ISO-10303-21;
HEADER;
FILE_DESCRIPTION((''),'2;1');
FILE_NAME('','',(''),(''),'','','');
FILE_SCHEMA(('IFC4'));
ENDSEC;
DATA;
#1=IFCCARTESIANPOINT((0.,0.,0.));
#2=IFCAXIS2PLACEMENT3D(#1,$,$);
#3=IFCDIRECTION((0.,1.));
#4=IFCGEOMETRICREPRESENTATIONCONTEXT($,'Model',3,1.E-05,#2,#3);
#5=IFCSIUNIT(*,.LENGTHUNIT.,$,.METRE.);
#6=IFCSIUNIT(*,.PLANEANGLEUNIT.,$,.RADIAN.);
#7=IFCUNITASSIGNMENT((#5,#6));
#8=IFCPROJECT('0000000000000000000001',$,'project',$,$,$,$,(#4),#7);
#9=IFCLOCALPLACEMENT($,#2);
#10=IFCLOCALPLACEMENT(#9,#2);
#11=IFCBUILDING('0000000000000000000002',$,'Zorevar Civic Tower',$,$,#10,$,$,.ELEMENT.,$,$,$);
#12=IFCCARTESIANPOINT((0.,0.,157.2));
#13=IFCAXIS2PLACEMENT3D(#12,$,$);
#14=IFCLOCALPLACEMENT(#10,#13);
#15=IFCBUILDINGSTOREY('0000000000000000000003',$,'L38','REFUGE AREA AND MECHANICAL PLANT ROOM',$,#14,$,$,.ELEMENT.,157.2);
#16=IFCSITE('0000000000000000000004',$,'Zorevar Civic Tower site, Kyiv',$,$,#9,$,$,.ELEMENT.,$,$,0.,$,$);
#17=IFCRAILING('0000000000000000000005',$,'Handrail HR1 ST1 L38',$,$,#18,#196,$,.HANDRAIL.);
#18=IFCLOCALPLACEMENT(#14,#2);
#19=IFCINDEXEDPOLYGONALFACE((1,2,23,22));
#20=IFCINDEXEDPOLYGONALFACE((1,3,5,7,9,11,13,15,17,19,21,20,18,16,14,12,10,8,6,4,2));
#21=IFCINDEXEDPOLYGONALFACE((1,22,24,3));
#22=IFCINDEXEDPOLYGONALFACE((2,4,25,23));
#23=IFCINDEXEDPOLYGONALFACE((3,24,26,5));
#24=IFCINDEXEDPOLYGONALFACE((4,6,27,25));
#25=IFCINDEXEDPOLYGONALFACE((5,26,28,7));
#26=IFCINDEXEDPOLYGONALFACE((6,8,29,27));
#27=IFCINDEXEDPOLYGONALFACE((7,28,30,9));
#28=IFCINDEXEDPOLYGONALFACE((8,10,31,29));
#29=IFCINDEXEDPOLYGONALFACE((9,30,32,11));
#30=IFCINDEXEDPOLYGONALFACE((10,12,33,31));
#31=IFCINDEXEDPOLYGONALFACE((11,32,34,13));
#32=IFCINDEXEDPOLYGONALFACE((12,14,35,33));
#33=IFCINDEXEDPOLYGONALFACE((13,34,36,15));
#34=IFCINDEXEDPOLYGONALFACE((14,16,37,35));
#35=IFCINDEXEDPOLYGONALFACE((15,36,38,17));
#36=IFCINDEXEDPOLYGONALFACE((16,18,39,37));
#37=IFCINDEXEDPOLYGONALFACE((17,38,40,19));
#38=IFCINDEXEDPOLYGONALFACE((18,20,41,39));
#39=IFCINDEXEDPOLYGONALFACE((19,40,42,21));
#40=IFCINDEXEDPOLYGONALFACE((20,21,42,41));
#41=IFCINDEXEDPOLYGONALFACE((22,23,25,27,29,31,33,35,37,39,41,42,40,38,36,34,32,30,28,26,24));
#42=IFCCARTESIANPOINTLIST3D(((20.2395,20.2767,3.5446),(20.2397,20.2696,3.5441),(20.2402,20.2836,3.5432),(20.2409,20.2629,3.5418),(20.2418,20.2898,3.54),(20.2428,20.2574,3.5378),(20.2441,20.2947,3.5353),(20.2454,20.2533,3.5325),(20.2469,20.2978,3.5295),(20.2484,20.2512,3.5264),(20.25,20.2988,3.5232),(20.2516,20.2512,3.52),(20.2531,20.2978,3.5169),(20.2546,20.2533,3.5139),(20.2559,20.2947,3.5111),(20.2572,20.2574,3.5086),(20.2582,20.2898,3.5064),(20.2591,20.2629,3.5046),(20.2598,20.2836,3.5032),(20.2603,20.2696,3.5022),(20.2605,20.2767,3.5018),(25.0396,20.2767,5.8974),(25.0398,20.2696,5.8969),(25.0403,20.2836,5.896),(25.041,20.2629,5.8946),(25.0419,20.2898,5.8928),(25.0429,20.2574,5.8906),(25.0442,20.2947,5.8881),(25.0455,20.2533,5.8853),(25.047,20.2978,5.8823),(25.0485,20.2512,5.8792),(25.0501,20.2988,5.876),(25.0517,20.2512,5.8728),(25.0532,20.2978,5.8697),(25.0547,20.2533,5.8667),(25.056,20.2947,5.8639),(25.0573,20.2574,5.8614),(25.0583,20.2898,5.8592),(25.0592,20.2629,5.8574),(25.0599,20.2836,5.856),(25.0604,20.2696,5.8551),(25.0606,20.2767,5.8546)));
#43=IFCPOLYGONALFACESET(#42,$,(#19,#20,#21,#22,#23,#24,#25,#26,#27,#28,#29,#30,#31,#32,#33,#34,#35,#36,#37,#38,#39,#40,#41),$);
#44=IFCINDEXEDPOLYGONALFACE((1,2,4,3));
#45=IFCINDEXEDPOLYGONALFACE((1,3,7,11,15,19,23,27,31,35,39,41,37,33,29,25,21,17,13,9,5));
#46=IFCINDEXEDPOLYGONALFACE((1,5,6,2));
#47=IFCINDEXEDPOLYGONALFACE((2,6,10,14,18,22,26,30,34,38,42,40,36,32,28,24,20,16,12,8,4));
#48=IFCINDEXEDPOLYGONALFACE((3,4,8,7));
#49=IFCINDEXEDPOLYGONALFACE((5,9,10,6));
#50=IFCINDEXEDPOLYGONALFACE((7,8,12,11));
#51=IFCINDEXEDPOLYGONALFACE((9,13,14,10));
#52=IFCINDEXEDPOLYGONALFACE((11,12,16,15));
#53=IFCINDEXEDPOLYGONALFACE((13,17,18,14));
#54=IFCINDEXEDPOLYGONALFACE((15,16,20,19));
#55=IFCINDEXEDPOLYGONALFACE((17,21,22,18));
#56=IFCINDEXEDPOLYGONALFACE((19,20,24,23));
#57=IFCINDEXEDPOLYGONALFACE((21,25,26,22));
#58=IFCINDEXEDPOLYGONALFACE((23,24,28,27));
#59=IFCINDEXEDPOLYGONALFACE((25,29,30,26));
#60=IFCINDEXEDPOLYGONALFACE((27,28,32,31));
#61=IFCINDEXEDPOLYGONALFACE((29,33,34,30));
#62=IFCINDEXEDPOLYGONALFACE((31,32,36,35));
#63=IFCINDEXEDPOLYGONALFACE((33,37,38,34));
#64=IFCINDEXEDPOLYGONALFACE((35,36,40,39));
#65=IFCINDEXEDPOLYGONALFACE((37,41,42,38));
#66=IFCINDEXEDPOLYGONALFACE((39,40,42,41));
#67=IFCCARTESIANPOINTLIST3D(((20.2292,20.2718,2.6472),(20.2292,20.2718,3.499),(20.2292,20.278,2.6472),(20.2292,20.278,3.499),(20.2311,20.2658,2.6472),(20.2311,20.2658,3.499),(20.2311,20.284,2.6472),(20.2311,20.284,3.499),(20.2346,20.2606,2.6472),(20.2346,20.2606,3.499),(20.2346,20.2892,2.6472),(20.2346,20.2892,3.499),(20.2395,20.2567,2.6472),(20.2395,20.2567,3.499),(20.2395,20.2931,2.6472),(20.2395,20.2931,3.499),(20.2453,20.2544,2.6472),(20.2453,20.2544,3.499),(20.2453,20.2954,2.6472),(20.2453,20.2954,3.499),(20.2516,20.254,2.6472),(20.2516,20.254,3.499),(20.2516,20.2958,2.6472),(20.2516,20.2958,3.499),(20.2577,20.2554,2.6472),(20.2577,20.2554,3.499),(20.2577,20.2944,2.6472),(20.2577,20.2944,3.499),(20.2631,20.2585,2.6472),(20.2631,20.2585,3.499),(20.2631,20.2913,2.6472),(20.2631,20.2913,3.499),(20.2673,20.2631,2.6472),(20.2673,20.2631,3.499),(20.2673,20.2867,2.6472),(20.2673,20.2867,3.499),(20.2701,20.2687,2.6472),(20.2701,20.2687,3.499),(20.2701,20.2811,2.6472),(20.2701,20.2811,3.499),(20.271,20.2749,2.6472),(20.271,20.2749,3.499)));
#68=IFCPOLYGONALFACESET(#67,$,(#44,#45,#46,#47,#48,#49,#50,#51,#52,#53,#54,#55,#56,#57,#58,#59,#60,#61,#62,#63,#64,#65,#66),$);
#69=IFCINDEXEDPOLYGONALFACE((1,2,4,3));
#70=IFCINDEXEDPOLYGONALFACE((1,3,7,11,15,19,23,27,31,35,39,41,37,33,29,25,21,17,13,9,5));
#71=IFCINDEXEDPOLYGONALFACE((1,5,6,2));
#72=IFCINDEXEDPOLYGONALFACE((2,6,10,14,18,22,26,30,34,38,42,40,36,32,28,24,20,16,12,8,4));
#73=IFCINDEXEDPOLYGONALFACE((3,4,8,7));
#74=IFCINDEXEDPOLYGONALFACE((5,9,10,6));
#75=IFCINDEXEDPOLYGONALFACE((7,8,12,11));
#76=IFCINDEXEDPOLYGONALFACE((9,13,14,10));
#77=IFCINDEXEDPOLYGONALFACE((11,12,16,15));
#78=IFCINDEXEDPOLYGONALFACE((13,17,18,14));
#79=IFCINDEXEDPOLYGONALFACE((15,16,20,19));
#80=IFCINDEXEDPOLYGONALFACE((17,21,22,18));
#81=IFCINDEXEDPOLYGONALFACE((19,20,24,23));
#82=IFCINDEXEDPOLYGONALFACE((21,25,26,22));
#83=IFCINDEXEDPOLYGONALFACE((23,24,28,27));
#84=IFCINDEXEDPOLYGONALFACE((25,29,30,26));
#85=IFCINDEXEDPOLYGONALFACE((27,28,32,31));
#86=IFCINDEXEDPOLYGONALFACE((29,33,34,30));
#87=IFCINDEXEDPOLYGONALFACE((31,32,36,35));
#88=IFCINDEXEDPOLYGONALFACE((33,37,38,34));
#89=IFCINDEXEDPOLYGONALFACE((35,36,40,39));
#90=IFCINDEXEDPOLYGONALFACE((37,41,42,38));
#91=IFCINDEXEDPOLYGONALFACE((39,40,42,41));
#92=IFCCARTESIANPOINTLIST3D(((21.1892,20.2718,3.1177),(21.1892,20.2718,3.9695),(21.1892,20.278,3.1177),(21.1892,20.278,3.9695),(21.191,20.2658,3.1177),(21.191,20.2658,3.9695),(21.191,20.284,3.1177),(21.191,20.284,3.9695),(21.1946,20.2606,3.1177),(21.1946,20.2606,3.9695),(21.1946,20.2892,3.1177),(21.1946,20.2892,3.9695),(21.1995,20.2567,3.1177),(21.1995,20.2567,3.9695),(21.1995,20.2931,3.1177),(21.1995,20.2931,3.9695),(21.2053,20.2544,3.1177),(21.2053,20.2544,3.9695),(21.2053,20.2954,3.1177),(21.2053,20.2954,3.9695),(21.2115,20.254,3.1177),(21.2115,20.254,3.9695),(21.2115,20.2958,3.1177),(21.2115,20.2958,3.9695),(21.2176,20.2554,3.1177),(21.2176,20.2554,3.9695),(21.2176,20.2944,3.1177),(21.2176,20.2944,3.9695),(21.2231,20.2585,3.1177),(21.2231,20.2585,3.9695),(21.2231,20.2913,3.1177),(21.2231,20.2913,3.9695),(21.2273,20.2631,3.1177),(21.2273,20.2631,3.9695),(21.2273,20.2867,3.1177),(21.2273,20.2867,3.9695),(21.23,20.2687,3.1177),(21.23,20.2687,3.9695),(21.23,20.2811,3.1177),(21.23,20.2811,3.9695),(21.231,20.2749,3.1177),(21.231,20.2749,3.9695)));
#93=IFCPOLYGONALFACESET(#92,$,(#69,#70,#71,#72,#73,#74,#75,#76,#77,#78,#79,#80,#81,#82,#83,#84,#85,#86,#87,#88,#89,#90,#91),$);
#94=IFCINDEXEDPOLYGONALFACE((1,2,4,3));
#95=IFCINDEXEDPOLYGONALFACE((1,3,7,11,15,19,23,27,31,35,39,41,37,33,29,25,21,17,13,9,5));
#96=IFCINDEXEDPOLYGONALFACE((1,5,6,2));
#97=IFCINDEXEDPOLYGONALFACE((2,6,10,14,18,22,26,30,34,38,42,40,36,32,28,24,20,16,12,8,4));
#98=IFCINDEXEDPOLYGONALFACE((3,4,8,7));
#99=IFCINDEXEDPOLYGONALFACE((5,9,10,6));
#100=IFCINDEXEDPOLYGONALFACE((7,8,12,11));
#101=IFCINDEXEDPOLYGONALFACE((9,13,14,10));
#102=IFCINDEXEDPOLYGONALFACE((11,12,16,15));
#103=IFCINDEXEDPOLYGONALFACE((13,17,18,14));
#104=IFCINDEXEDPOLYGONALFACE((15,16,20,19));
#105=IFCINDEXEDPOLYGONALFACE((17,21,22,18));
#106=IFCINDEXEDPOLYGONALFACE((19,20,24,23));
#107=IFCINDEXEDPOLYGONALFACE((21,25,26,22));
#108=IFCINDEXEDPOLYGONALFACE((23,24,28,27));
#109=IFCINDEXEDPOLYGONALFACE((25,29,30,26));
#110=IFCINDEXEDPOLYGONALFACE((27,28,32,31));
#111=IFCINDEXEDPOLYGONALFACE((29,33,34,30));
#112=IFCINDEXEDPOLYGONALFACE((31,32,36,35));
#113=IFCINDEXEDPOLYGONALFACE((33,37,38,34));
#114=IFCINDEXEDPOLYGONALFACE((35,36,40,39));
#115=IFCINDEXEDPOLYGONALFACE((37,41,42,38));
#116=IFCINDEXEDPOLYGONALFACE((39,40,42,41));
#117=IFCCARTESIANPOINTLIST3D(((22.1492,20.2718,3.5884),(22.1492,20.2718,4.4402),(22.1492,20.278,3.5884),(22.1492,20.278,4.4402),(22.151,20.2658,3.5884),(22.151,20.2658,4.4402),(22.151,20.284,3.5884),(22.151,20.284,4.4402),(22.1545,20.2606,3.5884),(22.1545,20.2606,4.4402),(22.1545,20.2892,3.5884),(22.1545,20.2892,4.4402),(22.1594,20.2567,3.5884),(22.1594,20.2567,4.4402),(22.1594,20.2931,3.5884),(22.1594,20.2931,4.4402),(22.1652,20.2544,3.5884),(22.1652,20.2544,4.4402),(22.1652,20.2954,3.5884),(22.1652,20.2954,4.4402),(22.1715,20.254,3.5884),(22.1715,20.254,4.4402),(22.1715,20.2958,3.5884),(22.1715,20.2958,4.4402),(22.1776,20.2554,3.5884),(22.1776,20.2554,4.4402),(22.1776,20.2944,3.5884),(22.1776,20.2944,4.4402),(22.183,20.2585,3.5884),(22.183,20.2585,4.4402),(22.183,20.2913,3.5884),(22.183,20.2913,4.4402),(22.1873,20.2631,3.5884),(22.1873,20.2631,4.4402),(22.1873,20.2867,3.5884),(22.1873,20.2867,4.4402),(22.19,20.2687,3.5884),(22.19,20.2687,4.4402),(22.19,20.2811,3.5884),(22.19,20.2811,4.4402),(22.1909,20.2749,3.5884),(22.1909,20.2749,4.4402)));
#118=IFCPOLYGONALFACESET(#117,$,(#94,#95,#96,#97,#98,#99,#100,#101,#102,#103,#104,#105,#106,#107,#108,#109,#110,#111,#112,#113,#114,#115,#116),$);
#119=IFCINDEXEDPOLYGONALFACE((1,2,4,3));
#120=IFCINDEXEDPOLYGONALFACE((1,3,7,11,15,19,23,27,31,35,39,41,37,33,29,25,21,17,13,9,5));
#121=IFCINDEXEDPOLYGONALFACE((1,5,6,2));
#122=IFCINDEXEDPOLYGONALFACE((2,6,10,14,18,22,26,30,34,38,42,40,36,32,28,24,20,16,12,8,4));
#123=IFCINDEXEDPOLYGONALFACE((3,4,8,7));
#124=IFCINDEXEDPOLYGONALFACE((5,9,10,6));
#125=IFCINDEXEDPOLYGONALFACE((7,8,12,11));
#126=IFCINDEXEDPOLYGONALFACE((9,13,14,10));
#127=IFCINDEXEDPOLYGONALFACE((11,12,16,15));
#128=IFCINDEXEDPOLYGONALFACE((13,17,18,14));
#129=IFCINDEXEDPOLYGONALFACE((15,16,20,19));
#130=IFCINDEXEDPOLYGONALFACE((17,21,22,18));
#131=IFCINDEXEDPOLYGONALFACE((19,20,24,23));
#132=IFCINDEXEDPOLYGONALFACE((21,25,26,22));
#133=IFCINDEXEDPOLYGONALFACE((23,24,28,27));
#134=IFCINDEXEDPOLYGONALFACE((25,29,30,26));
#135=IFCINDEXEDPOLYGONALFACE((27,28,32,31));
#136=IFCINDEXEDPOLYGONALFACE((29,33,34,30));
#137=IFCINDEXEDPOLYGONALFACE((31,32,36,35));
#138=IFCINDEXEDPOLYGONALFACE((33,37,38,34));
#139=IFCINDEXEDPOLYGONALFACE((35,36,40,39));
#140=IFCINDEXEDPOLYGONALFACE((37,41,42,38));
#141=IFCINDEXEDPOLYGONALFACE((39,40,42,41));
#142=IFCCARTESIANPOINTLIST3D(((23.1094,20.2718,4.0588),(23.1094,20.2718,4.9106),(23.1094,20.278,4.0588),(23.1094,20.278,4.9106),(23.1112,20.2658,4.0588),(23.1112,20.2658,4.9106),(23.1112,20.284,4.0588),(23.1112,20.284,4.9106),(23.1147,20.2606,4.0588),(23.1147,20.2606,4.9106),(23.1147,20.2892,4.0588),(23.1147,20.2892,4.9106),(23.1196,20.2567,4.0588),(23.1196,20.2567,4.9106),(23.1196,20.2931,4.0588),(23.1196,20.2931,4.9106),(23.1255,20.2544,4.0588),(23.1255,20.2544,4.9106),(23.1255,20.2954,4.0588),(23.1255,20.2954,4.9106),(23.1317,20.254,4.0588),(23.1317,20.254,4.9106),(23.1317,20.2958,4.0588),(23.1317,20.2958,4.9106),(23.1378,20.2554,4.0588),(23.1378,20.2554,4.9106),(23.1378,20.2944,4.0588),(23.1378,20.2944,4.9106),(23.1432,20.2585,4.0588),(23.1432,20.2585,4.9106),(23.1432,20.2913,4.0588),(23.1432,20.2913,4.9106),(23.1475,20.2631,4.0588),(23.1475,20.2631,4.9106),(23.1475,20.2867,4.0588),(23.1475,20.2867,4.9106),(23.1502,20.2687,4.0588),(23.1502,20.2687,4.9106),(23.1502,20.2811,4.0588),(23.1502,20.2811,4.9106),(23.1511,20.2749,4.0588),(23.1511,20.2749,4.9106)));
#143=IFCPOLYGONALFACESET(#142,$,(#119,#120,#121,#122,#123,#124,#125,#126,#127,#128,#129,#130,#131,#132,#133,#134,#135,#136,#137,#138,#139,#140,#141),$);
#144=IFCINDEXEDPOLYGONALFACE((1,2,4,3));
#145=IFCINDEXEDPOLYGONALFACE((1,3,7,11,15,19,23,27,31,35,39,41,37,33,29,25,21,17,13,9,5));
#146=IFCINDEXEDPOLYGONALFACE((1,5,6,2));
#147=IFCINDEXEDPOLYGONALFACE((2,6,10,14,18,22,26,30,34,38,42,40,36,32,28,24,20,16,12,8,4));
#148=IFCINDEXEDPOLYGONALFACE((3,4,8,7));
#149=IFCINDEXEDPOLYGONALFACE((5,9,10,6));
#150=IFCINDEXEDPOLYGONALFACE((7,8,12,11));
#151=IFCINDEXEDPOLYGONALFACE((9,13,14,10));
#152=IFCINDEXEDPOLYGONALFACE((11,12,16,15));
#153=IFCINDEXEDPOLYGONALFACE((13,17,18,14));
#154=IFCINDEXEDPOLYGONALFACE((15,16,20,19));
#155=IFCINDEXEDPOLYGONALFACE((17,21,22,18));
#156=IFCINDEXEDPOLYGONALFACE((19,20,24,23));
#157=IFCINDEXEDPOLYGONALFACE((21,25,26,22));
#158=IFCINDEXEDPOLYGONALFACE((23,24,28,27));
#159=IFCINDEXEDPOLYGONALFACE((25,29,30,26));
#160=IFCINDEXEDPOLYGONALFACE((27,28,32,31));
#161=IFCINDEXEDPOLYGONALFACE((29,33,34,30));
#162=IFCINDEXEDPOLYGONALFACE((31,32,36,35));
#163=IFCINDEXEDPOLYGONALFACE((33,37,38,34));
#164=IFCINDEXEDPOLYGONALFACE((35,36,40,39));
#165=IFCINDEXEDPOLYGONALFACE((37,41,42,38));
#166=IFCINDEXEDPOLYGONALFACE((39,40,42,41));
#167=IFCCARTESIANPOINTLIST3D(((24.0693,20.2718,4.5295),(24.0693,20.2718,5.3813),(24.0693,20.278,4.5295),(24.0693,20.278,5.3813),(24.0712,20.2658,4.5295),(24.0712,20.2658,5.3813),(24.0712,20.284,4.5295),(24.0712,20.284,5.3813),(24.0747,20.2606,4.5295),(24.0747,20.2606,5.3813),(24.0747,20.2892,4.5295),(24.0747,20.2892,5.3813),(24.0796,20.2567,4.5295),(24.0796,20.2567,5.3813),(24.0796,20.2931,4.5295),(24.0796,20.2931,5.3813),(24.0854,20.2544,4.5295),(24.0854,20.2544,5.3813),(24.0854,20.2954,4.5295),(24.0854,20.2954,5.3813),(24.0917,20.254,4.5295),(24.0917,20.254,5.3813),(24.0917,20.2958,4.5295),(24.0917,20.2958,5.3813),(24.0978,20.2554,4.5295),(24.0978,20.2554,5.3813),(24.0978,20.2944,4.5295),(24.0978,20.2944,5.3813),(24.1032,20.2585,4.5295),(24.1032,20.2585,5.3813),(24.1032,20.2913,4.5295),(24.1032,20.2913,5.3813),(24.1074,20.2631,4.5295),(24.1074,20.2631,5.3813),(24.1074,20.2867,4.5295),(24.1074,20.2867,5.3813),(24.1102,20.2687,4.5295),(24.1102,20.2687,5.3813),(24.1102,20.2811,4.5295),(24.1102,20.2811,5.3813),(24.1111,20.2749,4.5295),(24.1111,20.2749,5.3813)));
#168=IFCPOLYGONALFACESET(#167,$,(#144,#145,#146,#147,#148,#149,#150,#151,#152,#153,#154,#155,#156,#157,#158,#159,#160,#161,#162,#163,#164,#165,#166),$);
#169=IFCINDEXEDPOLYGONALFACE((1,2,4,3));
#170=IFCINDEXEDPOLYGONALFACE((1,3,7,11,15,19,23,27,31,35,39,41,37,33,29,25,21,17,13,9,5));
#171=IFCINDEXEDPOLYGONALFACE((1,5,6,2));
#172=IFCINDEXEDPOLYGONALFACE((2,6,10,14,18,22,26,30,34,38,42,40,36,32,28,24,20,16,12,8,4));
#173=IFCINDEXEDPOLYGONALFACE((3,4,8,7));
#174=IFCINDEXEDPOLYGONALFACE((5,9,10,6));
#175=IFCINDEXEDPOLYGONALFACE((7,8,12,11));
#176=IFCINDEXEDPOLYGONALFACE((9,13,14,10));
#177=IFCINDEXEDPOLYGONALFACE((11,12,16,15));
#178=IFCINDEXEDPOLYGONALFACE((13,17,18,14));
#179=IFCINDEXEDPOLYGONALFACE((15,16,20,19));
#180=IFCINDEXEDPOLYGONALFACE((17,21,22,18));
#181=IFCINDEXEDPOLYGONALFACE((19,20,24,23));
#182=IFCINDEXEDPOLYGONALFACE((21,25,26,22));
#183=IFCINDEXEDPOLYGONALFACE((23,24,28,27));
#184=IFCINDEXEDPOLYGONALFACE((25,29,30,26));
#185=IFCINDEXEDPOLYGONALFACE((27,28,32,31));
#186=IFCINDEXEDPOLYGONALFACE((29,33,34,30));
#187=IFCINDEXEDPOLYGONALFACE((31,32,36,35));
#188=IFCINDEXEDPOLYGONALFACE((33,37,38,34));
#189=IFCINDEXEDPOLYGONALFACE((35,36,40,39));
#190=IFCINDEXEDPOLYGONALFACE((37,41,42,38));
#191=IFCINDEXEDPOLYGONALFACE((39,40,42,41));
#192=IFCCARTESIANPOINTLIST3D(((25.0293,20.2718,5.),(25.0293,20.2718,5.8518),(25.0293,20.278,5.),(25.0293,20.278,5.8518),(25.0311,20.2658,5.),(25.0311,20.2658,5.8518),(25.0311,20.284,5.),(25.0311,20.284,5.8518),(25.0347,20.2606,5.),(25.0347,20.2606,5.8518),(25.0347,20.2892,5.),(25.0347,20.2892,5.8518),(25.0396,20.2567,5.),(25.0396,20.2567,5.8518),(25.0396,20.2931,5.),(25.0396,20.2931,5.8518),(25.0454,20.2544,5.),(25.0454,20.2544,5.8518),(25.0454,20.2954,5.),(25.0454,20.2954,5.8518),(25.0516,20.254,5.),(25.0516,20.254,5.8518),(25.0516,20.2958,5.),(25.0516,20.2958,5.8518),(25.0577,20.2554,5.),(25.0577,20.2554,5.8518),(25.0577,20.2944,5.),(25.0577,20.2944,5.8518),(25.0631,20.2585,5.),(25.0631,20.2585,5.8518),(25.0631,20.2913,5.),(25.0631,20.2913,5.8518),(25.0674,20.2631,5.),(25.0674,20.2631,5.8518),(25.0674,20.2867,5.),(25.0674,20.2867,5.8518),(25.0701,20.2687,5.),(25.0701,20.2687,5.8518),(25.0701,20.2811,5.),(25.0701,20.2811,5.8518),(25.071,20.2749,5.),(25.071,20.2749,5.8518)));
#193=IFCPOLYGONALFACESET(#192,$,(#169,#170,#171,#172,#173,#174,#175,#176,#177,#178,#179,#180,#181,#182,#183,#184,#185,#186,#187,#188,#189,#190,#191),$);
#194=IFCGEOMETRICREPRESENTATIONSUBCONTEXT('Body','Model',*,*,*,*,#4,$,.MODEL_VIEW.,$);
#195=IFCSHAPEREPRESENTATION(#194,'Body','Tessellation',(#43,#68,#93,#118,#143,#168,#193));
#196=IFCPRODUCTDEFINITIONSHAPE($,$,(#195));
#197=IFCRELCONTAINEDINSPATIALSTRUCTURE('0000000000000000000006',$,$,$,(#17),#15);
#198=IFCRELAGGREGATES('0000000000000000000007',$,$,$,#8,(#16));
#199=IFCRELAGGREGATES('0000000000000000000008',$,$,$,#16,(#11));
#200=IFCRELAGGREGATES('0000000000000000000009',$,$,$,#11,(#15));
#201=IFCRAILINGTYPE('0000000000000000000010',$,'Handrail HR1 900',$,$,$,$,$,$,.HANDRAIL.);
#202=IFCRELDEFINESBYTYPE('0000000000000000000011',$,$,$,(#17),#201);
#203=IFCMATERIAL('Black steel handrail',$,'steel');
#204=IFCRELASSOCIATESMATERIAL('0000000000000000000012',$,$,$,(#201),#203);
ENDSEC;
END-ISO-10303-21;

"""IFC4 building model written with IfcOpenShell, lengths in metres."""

from ifc_helpers import new_model, si_unit, direction, frame, origin, origin_2d, place, context, subcontext, project, spatial, circle, extrude, material, type_object, element, save


model = new_model("IFC4")

# Units and contexts
model_context = context("Model", 3, precision=1e-05, world=origin(), true_north=direction((0.0, 1.0)))
body_context = subcontext(model_context, "Body", "Model", "MODEL_VIEW")
ifc_project = project(units=[si_unit("LENGTHUNIT", "METRE"), si_unit("PLANEANGLEUNIT", "RADIAN")], contexts=[model_context])

# Site, building, storey
site_placement = place(None, origin())
site = spatial("IfcSite", under=ifc_project, at=site_placement, Name="Zorevar Civic Tower site, Kyiv", CompositionType="ELEMENT", RefElevation=0.0)
building_placement = place(site_placement, origin())
building = spatial("IfcBuilding", under=site, at=building_placement, Name="Zorevar Civic Tower", CompositionType="ELEMENT")
storey_placement = place(building_placement, frame((0.0, 0.0, 157.2)))
storey = spatial("IfcBuildingStorey", under=building, at=storey_placement, Name="L38", Description="REFUGE AREA AND MECHANICAL PLANT ROOM", CompositionType="ELEMENT", Elevation=157.2)

# Railing
ifc_material_1 = material(Name="Black steel handrail", Category="steel")
railing_type = type_object("IfcRailingType", Name="Handrail HR1 900", PredefinedType="HANDRAIL", material=ifc_material_1)
railing_placement = place(storey_placement, frame((20.25, 20.2749, 2.6472)))
element("IfcRailing", 1, at=railing_placement, inside=storey, type_object=railing_type, Name="Handrail HR1 ST1 L38", PredefinedType="HANDRAIL", context=body_context, shape_type="SweptSolid", body=[
    extrude(circle(Radius=0.0239, at=origin_2d()), frame((0.0, 0.0, 0.876), z_axis=(0.897934, 0.0, 0.44013), x_axis=(0.0, 1.0, 0.0)), (0.0, 0.0, 1.0), 5.3457),
    extrude(circle(Radius=0.021, at=origin_2d()), origin(), (0.0, 0.0, 1.0), 0.8518),
    extrude(circle(Radius=0.021, at=origin_2d()), frame((0.96, 0.0, 0.4705)), (0.0, 0.0, 1.0), 0.8518),
    extrude(circle(Radius=0.021, at=origin_2d()), frame((1.9199, 0.0, 0.9412)), (0.0, 0.0, 1.0), 0.8518),
    extrude(circle(Radius=0.021, at=origin_2d()), frame((2.8801, 0.0, 1.4116)), (0.0, 0.0, 1.0), 0.8518),
    extrude(circle(Radius=0.021, at=origin_2d()), frame((3.8401, 0.0, 1.8823)), (0.0, 0.0, 1.0), 0.8518),
    extrude(circle(Radius=0.021, at=origin_2d()), frame((4.8, 0.0, 2.3528)), (0.0, 0.0, 1.0), 0.8518),
])

save(model, "model.ifc")
